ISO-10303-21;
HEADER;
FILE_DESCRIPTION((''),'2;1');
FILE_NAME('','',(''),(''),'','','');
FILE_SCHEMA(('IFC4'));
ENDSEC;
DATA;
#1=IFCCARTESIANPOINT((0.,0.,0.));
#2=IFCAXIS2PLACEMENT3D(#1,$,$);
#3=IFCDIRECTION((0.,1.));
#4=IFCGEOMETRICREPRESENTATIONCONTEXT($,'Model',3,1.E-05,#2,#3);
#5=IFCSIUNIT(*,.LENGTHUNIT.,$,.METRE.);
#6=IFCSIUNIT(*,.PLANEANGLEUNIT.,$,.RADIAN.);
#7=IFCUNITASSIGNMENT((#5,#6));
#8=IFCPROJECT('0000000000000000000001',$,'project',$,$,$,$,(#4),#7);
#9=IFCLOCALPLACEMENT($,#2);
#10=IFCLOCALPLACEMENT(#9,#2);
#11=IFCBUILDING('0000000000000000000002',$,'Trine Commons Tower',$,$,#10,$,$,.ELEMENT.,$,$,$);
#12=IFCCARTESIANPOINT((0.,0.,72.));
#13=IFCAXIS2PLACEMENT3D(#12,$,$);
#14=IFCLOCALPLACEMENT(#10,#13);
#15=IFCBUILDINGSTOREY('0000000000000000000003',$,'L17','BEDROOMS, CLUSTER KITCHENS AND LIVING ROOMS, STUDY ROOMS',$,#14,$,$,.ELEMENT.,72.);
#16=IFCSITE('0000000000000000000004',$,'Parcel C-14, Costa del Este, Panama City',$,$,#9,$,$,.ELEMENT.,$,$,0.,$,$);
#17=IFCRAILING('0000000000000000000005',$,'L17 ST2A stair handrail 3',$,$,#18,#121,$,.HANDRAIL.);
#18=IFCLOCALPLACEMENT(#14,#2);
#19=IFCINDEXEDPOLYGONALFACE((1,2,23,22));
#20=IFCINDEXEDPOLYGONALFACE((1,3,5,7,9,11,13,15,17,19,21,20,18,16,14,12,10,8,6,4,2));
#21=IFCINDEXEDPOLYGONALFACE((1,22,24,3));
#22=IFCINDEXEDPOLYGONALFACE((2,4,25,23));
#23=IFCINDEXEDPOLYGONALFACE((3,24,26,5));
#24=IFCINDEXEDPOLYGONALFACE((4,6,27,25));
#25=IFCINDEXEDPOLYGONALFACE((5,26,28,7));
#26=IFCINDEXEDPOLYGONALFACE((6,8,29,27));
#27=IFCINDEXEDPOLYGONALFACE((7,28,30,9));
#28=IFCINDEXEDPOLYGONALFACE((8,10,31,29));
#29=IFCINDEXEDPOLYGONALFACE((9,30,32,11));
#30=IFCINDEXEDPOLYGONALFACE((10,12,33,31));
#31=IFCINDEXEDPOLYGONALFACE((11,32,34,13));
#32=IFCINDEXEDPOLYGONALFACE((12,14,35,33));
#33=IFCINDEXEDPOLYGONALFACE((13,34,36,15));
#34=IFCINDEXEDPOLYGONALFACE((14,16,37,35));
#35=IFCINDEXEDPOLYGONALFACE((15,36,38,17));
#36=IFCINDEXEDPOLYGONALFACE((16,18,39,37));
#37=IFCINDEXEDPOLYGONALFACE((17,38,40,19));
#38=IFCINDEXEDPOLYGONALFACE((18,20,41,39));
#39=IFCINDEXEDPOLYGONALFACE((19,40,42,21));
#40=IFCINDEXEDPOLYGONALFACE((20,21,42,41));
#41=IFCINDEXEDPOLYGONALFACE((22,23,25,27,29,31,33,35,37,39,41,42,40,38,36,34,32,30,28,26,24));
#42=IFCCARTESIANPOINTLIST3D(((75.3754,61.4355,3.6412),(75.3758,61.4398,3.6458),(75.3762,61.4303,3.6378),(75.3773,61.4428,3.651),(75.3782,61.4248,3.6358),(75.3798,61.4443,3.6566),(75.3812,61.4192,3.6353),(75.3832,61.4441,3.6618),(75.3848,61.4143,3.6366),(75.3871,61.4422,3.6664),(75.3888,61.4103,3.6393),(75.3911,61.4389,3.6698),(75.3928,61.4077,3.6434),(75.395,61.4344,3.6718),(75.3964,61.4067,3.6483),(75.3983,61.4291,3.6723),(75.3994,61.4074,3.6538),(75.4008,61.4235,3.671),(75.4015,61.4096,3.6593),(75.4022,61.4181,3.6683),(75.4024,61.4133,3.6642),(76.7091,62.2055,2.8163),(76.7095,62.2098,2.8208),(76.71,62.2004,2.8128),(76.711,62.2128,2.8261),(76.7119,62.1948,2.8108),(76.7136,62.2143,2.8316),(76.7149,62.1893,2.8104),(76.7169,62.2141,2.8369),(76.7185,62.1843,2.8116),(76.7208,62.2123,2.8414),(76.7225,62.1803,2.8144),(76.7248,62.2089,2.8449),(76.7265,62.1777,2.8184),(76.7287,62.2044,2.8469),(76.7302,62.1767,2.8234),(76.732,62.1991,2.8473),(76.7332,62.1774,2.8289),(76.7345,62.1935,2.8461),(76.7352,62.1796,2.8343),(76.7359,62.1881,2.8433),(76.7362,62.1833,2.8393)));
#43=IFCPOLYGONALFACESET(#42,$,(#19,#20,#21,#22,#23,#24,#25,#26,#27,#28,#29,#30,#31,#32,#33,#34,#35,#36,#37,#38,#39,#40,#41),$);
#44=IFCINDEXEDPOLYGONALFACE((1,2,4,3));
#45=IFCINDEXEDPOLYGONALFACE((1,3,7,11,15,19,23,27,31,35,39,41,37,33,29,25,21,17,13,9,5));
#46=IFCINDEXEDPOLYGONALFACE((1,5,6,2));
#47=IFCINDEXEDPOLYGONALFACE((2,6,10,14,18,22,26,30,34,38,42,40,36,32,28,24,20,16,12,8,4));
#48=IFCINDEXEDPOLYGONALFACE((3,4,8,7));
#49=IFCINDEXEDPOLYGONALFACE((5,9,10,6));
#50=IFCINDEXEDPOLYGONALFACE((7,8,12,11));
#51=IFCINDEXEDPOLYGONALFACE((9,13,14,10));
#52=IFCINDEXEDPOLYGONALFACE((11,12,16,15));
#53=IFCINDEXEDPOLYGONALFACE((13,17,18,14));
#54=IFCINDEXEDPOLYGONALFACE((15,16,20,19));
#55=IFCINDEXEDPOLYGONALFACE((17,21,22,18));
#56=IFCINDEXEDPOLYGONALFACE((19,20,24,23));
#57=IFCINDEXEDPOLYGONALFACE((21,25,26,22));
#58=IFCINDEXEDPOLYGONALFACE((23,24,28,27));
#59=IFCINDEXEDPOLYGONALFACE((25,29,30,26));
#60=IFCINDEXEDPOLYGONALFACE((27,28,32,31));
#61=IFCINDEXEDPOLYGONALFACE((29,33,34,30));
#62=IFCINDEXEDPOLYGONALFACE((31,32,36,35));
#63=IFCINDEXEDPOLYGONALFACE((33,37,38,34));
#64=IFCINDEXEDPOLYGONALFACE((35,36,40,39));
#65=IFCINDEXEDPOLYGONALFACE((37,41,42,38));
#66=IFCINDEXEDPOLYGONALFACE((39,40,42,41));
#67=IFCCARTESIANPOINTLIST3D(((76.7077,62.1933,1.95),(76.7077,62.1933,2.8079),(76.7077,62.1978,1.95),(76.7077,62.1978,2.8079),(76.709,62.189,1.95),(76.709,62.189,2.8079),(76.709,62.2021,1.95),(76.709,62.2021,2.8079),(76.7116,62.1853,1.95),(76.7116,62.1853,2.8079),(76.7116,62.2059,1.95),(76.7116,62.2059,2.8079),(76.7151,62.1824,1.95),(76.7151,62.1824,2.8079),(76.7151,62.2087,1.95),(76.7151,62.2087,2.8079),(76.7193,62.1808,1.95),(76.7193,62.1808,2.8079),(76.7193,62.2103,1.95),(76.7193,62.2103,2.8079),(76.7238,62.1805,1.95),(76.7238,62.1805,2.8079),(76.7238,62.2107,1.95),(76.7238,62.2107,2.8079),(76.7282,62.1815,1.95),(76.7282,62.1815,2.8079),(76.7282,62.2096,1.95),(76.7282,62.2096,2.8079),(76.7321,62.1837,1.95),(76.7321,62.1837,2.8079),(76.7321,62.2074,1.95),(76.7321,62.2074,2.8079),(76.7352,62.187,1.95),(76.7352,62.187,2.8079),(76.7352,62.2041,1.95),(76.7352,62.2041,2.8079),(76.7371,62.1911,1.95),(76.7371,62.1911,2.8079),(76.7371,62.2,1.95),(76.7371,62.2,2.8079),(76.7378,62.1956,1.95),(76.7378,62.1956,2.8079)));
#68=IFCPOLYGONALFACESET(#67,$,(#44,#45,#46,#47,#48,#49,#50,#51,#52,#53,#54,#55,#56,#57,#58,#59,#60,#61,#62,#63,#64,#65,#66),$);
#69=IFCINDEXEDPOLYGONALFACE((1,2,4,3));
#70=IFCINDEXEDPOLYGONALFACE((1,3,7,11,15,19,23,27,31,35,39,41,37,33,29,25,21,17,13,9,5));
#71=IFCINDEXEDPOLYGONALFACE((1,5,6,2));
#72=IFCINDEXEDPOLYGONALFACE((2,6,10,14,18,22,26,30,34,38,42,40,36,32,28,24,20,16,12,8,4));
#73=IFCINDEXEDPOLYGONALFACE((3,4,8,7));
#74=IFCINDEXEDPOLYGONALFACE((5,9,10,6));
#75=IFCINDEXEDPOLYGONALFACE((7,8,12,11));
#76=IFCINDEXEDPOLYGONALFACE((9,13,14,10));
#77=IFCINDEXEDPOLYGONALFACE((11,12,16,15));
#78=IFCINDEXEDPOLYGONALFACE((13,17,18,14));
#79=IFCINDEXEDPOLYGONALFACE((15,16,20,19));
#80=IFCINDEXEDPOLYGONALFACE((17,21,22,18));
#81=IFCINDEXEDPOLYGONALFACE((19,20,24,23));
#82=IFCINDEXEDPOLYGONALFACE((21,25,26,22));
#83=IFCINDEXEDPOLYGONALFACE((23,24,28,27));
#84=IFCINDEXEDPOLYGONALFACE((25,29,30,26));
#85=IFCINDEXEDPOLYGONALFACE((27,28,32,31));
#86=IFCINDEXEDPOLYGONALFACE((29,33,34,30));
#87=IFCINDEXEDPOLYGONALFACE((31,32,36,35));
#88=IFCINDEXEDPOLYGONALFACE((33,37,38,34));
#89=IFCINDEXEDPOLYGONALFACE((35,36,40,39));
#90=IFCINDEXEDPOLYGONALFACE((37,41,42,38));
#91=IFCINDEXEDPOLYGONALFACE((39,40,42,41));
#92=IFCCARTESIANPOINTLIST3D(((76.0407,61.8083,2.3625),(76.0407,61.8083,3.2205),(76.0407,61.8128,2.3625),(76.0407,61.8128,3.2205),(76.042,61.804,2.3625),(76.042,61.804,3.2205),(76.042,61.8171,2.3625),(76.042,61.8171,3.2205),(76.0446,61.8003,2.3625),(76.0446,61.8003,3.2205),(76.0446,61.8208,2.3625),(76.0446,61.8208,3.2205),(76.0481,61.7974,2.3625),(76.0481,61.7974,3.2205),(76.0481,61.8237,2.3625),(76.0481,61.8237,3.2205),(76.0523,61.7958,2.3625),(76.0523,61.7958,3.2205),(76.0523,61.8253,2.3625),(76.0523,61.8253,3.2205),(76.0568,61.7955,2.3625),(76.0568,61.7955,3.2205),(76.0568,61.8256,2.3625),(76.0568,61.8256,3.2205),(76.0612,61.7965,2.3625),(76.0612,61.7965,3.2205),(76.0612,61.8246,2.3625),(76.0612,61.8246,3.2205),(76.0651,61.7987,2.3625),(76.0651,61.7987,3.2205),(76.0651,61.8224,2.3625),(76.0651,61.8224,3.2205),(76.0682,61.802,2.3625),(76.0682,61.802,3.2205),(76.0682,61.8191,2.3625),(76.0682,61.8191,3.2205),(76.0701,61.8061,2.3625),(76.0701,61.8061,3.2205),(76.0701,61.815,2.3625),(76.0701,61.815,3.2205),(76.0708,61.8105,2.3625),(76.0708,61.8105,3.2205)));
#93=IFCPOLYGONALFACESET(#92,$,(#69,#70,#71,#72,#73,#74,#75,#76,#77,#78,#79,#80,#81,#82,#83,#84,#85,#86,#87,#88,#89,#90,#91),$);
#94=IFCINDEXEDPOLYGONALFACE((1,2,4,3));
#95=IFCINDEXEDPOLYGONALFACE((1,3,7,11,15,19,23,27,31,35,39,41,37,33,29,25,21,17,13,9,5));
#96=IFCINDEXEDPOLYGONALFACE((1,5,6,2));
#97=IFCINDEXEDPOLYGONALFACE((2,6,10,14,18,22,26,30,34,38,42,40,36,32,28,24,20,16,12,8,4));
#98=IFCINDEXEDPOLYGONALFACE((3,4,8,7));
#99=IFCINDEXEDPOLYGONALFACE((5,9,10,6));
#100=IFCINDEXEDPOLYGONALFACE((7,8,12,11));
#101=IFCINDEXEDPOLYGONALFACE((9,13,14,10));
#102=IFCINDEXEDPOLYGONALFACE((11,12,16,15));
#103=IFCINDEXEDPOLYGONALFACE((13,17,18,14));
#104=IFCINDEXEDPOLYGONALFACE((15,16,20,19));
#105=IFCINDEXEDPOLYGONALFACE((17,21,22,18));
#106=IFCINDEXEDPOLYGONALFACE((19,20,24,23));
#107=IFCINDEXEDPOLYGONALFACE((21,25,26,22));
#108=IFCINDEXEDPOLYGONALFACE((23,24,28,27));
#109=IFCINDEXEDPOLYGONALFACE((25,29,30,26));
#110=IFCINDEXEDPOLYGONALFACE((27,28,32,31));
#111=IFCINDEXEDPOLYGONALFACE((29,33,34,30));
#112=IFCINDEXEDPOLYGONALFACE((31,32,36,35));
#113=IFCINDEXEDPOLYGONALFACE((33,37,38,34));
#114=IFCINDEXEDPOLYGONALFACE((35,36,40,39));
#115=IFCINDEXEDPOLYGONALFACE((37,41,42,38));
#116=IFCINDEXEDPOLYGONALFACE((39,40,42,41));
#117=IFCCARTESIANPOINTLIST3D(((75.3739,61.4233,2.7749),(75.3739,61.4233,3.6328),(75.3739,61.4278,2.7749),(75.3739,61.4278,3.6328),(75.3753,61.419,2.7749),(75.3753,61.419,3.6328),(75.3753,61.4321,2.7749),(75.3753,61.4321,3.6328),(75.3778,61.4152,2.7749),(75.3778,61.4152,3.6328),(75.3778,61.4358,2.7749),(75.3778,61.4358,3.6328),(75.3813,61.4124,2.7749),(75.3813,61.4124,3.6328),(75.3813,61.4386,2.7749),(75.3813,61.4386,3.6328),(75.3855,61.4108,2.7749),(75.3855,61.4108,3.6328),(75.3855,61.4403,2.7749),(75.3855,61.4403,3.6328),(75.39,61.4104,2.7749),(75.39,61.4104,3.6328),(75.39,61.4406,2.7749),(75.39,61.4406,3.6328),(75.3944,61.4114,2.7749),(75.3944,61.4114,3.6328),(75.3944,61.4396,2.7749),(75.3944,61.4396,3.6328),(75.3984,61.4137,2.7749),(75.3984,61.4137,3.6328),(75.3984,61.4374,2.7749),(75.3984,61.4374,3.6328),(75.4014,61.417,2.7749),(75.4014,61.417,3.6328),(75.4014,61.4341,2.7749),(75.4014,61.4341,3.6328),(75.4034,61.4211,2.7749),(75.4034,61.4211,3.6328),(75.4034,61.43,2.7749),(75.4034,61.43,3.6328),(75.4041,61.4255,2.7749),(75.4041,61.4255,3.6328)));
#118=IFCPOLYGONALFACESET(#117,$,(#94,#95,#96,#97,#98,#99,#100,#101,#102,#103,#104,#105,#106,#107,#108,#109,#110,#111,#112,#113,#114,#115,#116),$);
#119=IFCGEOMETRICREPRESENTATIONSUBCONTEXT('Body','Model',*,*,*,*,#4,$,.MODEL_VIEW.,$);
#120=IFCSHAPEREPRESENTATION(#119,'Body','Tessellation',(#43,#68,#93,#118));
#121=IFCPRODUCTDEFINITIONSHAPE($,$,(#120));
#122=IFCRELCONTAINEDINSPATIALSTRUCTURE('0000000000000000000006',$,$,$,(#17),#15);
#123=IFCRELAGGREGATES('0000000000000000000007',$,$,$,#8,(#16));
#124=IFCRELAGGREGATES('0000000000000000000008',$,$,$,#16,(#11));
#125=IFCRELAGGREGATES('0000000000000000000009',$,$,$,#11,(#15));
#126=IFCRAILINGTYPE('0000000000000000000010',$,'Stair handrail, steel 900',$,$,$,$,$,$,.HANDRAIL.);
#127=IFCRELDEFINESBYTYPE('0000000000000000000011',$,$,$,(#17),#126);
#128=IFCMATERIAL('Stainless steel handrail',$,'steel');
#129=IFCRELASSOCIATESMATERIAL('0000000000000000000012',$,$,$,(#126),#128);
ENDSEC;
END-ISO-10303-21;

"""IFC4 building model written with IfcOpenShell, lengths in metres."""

from ifc_helpers import new_model, si_unit, direction, frame, origin, origin_2d, place, context, subcontext, project, spatial, circle, extrude, material, type_object, element, save


model = new_model("IFC4")

# Units and contexts
model_context = context("Model", 3, precision=1e-05, world=origin(), true_north=direction((0.0, 1.0)))
body_context = subcontext(model_context, "Body", "Model", "MODEL_VIEW")
ifc_project = project(units=[si_unit("LENGTHUNIT", "METRE"), si_unit("PLANEANGLEUNIT", "RADIAN")], contexts=[model_context])

# Site, building, storey
site_placement = place(None, origin())
site = spatial("IfcSite", under=ifc_project, at=site_placement, Name="Parcel C-14, Costa del Este, Panama City", CompositionType="ELEMENT", RefElevation=0.0)
building_placement = place(site_placement, origin())
building = spatial("IfcBuilding", under=site, at=building_placement, Name="Trine Commons Tower", CompositionType="ELEMENT")
storey_placement = place(building_placement, frame((0.0, 0.0, 72.0)))
storey = spatial("IfcBuildingStorey", under=building, at=storey_placement, Name="L17", Description="BEDROOMS, CLUSTER KITCHENS AND LIVING ROOMS, STUDY ROOMS", CompositionType="ELEMENT", Elevation=72.0)

# Railing
ifc_material_1 = material(Name="Stainless steel handrail", Category="steel")
railing_type = type_object("IfcRailingType", Name="Stair handrail, steel 900", PredefinedType="HANDRAIL", material=ifc_material_1)
railing_1_placement = place(storey_placement, frame((76.7227, 62.1956, 1.95)))
element("IfcRailing", 1, at=railing_1_placement, inside=storey, type_object=railing_type, Name="L17 ST2A stair handrail 3", PredefinedType="HANDRAIL", context=body_context, shape_type="SweptSolid", body=[
    extrude(circle(Radius=0.021, at=origin_2d()), frame((0.0, 0.0, 0.8789), z_axis=(-0.763405, -0.440743, 0.472185), x_axis=(0.499992, -0.86603, 0.0)), (0.0, 0.0, 1.0), 1.7471),
    extrude(circle(Radius=0.0151, at=origin_2d()), origin(), (0.0, 0.0, 1.0), 0.8579),
    extrude(circle(Radius=0.0151, at=origin_2d()), frame((-0.667, -0.385, 0.4126)), (0.0, 0.0, 1.0), 0.8579),
    extrude(circle(Radius=0.0151, at=origin_2d()), frame((-1.3337, -0.77, 0.825)), (0.0, 0.0, 1.0), 0.8579),
])

save(model, "model.ifc")
